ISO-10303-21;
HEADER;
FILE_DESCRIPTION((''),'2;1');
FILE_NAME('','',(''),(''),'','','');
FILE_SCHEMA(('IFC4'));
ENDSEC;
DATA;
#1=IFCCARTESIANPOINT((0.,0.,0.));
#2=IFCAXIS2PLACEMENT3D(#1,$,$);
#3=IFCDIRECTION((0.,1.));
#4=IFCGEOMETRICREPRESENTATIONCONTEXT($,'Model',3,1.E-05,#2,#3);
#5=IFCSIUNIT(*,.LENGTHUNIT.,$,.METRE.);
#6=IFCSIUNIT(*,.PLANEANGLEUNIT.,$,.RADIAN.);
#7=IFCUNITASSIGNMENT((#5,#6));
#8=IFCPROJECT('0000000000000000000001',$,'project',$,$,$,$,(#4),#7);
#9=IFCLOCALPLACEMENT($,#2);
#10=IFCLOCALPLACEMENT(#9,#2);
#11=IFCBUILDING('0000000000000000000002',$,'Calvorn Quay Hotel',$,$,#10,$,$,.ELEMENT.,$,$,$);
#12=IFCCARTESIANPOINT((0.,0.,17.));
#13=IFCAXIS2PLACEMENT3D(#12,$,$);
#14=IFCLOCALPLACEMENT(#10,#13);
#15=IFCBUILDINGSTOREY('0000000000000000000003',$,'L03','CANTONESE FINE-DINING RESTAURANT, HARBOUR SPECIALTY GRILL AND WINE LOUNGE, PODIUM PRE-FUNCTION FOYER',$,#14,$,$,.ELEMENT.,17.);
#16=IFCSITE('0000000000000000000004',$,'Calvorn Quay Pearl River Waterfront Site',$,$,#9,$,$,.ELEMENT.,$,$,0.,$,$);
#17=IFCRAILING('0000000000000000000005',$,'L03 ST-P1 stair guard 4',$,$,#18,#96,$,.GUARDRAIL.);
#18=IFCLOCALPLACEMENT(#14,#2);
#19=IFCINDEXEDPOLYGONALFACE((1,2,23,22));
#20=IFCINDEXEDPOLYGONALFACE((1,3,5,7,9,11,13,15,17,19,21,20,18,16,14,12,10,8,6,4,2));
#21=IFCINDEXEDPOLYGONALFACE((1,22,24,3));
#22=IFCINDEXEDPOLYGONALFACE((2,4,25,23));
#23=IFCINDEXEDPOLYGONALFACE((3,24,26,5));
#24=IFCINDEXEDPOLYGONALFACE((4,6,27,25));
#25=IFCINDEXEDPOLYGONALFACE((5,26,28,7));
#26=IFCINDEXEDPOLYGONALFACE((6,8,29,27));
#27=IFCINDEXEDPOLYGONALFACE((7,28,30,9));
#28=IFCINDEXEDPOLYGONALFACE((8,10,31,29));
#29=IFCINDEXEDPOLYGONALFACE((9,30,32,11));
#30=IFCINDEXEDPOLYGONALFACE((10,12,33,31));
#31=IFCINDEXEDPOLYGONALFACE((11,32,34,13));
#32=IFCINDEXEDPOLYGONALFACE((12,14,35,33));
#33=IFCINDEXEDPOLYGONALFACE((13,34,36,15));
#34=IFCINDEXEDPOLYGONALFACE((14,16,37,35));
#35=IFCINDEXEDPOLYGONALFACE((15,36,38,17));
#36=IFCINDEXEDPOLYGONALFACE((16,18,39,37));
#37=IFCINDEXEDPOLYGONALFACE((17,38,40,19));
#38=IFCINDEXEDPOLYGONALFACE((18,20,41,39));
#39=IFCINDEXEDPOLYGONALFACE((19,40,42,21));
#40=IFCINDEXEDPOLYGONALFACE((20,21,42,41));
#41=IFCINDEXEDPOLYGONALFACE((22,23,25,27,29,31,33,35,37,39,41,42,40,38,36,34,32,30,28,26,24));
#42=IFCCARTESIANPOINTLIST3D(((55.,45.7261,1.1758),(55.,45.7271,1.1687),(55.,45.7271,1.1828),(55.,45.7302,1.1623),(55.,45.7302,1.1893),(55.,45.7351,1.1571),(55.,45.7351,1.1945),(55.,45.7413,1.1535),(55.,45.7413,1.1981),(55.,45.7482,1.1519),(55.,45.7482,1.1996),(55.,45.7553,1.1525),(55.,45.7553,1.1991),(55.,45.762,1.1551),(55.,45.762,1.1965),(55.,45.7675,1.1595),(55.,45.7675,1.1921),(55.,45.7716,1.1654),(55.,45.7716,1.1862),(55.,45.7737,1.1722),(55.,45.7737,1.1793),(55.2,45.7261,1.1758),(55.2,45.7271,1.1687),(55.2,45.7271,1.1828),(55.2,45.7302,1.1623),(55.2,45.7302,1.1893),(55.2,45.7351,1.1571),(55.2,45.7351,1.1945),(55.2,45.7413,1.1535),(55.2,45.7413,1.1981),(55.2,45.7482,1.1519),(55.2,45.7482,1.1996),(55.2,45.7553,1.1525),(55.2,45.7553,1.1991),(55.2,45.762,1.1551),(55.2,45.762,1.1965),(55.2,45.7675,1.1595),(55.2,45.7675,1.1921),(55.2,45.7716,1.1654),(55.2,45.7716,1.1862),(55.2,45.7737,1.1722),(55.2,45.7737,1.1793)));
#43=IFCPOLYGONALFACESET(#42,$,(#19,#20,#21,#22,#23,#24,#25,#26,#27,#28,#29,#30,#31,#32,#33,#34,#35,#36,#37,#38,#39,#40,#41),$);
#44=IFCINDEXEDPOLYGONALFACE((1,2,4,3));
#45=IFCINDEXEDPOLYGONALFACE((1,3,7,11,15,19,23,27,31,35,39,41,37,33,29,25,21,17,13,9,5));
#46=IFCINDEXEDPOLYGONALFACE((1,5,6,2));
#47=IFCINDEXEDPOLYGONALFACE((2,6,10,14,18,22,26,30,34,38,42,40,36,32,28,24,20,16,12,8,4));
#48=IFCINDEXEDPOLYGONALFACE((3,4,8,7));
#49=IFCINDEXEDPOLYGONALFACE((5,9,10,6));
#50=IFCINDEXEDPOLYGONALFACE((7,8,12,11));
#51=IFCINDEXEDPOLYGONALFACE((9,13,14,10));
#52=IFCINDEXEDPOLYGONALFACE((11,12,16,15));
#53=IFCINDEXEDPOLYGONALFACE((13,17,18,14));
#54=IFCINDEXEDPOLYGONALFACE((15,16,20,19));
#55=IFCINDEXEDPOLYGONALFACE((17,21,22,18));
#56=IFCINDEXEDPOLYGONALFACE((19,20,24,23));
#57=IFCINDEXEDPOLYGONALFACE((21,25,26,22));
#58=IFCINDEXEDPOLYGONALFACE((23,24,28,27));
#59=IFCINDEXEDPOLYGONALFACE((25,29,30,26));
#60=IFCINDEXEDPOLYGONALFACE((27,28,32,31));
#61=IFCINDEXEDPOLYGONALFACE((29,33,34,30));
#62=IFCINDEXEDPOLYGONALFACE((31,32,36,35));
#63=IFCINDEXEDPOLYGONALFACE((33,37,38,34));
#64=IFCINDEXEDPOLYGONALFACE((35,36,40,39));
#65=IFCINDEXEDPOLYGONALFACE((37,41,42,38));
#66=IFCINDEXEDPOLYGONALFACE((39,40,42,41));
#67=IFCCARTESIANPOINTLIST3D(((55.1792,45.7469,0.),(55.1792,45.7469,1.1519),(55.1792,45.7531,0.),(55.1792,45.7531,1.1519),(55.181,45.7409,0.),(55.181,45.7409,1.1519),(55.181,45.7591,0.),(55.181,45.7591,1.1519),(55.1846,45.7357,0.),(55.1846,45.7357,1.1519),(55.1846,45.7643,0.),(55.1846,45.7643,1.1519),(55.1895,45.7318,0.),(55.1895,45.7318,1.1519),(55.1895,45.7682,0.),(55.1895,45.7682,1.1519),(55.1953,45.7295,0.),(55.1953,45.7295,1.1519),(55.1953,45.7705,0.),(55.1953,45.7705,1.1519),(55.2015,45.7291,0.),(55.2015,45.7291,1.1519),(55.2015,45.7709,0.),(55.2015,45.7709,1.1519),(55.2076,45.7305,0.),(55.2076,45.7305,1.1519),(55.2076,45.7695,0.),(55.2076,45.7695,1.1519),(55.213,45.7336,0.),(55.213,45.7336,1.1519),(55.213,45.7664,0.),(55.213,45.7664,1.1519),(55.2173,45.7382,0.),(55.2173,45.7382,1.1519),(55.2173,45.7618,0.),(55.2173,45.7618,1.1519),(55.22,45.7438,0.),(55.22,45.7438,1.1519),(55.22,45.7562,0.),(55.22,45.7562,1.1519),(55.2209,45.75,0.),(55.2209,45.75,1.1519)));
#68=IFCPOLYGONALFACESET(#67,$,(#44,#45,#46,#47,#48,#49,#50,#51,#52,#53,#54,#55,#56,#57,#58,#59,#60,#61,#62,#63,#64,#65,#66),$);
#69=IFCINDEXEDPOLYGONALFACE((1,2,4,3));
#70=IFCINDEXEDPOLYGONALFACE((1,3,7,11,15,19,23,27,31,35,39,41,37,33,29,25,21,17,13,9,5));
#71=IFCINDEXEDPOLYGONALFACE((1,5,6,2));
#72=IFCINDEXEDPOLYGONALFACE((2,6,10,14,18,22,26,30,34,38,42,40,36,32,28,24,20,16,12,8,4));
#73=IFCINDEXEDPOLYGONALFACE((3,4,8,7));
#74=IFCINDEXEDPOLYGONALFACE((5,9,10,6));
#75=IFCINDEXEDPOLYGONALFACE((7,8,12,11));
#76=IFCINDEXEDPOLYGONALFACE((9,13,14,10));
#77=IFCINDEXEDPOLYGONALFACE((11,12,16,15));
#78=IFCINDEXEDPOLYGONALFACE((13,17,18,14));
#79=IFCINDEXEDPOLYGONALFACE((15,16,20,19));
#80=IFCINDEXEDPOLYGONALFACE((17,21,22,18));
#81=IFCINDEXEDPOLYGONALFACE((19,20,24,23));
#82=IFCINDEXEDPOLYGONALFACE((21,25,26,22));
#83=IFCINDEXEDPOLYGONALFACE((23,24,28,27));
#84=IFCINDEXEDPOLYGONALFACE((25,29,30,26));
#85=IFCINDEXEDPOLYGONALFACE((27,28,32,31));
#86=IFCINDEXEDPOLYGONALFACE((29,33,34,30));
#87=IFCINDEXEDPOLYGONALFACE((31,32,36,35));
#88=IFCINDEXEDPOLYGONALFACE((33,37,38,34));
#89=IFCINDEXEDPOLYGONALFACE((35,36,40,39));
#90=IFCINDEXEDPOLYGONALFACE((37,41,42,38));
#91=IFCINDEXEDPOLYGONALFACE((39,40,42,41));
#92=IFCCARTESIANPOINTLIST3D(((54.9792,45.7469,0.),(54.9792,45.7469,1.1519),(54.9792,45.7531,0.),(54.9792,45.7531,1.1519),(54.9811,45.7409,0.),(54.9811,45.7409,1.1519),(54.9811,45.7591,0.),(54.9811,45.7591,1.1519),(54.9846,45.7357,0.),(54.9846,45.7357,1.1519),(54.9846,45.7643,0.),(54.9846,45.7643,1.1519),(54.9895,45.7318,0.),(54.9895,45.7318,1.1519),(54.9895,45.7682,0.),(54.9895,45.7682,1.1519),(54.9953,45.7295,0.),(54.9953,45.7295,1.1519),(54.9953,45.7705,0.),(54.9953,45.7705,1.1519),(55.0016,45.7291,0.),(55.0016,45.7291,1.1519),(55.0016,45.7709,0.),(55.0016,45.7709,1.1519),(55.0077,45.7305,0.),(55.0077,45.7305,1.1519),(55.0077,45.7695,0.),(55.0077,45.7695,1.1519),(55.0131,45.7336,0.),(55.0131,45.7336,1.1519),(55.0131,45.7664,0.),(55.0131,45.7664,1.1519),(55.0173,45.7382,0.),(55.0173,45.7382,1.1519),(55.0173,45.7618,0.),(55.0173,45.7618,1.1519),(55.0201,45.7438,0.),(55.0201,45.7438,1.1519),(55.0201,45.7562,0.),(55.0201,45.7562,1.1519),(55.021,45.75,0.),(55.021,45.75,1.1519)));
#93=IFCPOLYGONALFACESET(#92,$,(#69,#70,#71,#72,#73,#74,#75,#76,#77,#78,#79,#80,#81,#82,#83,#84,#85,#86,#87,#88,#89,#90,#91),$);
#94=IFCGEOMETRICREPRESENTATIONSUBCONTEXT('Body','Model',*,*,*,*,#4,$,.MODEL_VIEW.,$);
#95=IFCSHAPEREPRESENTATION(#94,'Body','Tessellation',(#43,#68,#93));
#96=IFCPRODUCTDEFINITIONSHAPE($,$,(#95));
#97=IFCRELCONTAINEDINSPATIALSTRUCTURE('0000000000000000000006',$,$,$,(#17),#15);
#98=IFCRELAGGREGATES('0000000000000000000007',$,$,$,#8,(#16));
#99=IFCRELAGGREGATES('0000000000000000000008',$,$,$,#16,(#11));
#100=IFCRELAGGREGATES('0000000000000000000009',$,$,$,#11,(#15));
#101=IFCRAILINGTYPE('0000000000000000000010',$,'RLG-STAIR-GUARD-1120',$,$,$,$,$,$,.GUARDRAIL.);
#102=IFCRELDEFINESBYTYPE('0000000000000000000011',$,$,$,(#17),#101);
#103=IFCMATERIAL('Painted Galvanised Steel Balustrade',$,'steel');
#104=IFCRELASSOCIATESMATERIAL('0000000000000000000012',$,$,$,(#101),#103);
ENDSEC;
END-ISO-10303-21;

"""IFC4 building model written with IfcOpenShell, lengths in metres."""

from ifc_helpers import new_model, si_unit, direction, frame, origin, origin_2d, place, context, subcontext, project, spatial, circle, extrude, material, type_object, element, save


model = new_model("IFC4")

# Units and contexts
model_context = context("Model", 3, precision=1e-05, world=origin(), true_north=direction((0.0, 1.0)))
body_context = subcontext(model_context, "Body", "Model", "MODEL_VIEW")
ifc_project = project(units=[si_unit("LENGTHUNIT", "METRE"), si_unit("PLANEANGLEUNIT", "RADIAN")], contexts=[model_context])

# Site, building, storey
site_placement = place(None, origin())
site = spatial("IfcSite", under=ifc_project, at=site_placement, Name="Calvorn Quay Pearl River Waterfront Site", CompositionType="ELEMENT", RefElevation=0.0)
building_placement = place(site_placement, origin())
building = spatial("IfcBuilding", under=site, at=building_placement, Name="Calvorn Quay Hotel", CompositionType="ELEMENT")
storey_placement = place(building_placement, frame((0.0, 0.0, 17.0)))
storey = spatial("IfcBuildingStorey", under=building, at=storey_placement, Name="L03", Description="CANTONESE FINE-DINING RESTAURANT, HARBOUR SPECIALTY GRILL AND WINE LOUNGE, PODIUM PRE-FUNCTION FOYER", CompositionType="ELEMENT", Elevation=17.0)

# Railing
ifc_material_1 = material(Name="Painted Galvanised Steel Balustrade", Category="steel")
railing_type_1 = type_object("IfcRailingType", Name="RLG-STAIR-GUARD-1120", PredefinedType="GUARDRAIL", material=ifc_material_1)
railing_1_placement = place(storey_placement, frame((55.2, 45.75, 0.0)))
element("IfcRailing", 1, at=railing_1_placement, inside=storey, type_object=railing_type_1, Name="L03 ST-P1 stair guard 4", PredefinedType="GUARDRAIL", context=body_context, shape_type="SweptSolid", body=[
    extrude(circle(Radius=0.0239, at=origin_2d()), frame((0.0, 0.0, 1.1758), z_axis=(-1.0, 0.0, 0.0), x_axis=(0.0, -1.0, 0.0)), (0.0, 0.0, 1.0), 0.2),
    extrude(circle(Radius=0.021, at=origin_2d()), origin(), (0.0, 0.0, 1.0), 1.1519),
    extrude(circle(Radius=0.021, at=origin_2d()), frame((-0.2, 0.0, 0.0)), (0.0, 0.0, 1.0), 1.1519),
])

save(model, "model.ifc")
